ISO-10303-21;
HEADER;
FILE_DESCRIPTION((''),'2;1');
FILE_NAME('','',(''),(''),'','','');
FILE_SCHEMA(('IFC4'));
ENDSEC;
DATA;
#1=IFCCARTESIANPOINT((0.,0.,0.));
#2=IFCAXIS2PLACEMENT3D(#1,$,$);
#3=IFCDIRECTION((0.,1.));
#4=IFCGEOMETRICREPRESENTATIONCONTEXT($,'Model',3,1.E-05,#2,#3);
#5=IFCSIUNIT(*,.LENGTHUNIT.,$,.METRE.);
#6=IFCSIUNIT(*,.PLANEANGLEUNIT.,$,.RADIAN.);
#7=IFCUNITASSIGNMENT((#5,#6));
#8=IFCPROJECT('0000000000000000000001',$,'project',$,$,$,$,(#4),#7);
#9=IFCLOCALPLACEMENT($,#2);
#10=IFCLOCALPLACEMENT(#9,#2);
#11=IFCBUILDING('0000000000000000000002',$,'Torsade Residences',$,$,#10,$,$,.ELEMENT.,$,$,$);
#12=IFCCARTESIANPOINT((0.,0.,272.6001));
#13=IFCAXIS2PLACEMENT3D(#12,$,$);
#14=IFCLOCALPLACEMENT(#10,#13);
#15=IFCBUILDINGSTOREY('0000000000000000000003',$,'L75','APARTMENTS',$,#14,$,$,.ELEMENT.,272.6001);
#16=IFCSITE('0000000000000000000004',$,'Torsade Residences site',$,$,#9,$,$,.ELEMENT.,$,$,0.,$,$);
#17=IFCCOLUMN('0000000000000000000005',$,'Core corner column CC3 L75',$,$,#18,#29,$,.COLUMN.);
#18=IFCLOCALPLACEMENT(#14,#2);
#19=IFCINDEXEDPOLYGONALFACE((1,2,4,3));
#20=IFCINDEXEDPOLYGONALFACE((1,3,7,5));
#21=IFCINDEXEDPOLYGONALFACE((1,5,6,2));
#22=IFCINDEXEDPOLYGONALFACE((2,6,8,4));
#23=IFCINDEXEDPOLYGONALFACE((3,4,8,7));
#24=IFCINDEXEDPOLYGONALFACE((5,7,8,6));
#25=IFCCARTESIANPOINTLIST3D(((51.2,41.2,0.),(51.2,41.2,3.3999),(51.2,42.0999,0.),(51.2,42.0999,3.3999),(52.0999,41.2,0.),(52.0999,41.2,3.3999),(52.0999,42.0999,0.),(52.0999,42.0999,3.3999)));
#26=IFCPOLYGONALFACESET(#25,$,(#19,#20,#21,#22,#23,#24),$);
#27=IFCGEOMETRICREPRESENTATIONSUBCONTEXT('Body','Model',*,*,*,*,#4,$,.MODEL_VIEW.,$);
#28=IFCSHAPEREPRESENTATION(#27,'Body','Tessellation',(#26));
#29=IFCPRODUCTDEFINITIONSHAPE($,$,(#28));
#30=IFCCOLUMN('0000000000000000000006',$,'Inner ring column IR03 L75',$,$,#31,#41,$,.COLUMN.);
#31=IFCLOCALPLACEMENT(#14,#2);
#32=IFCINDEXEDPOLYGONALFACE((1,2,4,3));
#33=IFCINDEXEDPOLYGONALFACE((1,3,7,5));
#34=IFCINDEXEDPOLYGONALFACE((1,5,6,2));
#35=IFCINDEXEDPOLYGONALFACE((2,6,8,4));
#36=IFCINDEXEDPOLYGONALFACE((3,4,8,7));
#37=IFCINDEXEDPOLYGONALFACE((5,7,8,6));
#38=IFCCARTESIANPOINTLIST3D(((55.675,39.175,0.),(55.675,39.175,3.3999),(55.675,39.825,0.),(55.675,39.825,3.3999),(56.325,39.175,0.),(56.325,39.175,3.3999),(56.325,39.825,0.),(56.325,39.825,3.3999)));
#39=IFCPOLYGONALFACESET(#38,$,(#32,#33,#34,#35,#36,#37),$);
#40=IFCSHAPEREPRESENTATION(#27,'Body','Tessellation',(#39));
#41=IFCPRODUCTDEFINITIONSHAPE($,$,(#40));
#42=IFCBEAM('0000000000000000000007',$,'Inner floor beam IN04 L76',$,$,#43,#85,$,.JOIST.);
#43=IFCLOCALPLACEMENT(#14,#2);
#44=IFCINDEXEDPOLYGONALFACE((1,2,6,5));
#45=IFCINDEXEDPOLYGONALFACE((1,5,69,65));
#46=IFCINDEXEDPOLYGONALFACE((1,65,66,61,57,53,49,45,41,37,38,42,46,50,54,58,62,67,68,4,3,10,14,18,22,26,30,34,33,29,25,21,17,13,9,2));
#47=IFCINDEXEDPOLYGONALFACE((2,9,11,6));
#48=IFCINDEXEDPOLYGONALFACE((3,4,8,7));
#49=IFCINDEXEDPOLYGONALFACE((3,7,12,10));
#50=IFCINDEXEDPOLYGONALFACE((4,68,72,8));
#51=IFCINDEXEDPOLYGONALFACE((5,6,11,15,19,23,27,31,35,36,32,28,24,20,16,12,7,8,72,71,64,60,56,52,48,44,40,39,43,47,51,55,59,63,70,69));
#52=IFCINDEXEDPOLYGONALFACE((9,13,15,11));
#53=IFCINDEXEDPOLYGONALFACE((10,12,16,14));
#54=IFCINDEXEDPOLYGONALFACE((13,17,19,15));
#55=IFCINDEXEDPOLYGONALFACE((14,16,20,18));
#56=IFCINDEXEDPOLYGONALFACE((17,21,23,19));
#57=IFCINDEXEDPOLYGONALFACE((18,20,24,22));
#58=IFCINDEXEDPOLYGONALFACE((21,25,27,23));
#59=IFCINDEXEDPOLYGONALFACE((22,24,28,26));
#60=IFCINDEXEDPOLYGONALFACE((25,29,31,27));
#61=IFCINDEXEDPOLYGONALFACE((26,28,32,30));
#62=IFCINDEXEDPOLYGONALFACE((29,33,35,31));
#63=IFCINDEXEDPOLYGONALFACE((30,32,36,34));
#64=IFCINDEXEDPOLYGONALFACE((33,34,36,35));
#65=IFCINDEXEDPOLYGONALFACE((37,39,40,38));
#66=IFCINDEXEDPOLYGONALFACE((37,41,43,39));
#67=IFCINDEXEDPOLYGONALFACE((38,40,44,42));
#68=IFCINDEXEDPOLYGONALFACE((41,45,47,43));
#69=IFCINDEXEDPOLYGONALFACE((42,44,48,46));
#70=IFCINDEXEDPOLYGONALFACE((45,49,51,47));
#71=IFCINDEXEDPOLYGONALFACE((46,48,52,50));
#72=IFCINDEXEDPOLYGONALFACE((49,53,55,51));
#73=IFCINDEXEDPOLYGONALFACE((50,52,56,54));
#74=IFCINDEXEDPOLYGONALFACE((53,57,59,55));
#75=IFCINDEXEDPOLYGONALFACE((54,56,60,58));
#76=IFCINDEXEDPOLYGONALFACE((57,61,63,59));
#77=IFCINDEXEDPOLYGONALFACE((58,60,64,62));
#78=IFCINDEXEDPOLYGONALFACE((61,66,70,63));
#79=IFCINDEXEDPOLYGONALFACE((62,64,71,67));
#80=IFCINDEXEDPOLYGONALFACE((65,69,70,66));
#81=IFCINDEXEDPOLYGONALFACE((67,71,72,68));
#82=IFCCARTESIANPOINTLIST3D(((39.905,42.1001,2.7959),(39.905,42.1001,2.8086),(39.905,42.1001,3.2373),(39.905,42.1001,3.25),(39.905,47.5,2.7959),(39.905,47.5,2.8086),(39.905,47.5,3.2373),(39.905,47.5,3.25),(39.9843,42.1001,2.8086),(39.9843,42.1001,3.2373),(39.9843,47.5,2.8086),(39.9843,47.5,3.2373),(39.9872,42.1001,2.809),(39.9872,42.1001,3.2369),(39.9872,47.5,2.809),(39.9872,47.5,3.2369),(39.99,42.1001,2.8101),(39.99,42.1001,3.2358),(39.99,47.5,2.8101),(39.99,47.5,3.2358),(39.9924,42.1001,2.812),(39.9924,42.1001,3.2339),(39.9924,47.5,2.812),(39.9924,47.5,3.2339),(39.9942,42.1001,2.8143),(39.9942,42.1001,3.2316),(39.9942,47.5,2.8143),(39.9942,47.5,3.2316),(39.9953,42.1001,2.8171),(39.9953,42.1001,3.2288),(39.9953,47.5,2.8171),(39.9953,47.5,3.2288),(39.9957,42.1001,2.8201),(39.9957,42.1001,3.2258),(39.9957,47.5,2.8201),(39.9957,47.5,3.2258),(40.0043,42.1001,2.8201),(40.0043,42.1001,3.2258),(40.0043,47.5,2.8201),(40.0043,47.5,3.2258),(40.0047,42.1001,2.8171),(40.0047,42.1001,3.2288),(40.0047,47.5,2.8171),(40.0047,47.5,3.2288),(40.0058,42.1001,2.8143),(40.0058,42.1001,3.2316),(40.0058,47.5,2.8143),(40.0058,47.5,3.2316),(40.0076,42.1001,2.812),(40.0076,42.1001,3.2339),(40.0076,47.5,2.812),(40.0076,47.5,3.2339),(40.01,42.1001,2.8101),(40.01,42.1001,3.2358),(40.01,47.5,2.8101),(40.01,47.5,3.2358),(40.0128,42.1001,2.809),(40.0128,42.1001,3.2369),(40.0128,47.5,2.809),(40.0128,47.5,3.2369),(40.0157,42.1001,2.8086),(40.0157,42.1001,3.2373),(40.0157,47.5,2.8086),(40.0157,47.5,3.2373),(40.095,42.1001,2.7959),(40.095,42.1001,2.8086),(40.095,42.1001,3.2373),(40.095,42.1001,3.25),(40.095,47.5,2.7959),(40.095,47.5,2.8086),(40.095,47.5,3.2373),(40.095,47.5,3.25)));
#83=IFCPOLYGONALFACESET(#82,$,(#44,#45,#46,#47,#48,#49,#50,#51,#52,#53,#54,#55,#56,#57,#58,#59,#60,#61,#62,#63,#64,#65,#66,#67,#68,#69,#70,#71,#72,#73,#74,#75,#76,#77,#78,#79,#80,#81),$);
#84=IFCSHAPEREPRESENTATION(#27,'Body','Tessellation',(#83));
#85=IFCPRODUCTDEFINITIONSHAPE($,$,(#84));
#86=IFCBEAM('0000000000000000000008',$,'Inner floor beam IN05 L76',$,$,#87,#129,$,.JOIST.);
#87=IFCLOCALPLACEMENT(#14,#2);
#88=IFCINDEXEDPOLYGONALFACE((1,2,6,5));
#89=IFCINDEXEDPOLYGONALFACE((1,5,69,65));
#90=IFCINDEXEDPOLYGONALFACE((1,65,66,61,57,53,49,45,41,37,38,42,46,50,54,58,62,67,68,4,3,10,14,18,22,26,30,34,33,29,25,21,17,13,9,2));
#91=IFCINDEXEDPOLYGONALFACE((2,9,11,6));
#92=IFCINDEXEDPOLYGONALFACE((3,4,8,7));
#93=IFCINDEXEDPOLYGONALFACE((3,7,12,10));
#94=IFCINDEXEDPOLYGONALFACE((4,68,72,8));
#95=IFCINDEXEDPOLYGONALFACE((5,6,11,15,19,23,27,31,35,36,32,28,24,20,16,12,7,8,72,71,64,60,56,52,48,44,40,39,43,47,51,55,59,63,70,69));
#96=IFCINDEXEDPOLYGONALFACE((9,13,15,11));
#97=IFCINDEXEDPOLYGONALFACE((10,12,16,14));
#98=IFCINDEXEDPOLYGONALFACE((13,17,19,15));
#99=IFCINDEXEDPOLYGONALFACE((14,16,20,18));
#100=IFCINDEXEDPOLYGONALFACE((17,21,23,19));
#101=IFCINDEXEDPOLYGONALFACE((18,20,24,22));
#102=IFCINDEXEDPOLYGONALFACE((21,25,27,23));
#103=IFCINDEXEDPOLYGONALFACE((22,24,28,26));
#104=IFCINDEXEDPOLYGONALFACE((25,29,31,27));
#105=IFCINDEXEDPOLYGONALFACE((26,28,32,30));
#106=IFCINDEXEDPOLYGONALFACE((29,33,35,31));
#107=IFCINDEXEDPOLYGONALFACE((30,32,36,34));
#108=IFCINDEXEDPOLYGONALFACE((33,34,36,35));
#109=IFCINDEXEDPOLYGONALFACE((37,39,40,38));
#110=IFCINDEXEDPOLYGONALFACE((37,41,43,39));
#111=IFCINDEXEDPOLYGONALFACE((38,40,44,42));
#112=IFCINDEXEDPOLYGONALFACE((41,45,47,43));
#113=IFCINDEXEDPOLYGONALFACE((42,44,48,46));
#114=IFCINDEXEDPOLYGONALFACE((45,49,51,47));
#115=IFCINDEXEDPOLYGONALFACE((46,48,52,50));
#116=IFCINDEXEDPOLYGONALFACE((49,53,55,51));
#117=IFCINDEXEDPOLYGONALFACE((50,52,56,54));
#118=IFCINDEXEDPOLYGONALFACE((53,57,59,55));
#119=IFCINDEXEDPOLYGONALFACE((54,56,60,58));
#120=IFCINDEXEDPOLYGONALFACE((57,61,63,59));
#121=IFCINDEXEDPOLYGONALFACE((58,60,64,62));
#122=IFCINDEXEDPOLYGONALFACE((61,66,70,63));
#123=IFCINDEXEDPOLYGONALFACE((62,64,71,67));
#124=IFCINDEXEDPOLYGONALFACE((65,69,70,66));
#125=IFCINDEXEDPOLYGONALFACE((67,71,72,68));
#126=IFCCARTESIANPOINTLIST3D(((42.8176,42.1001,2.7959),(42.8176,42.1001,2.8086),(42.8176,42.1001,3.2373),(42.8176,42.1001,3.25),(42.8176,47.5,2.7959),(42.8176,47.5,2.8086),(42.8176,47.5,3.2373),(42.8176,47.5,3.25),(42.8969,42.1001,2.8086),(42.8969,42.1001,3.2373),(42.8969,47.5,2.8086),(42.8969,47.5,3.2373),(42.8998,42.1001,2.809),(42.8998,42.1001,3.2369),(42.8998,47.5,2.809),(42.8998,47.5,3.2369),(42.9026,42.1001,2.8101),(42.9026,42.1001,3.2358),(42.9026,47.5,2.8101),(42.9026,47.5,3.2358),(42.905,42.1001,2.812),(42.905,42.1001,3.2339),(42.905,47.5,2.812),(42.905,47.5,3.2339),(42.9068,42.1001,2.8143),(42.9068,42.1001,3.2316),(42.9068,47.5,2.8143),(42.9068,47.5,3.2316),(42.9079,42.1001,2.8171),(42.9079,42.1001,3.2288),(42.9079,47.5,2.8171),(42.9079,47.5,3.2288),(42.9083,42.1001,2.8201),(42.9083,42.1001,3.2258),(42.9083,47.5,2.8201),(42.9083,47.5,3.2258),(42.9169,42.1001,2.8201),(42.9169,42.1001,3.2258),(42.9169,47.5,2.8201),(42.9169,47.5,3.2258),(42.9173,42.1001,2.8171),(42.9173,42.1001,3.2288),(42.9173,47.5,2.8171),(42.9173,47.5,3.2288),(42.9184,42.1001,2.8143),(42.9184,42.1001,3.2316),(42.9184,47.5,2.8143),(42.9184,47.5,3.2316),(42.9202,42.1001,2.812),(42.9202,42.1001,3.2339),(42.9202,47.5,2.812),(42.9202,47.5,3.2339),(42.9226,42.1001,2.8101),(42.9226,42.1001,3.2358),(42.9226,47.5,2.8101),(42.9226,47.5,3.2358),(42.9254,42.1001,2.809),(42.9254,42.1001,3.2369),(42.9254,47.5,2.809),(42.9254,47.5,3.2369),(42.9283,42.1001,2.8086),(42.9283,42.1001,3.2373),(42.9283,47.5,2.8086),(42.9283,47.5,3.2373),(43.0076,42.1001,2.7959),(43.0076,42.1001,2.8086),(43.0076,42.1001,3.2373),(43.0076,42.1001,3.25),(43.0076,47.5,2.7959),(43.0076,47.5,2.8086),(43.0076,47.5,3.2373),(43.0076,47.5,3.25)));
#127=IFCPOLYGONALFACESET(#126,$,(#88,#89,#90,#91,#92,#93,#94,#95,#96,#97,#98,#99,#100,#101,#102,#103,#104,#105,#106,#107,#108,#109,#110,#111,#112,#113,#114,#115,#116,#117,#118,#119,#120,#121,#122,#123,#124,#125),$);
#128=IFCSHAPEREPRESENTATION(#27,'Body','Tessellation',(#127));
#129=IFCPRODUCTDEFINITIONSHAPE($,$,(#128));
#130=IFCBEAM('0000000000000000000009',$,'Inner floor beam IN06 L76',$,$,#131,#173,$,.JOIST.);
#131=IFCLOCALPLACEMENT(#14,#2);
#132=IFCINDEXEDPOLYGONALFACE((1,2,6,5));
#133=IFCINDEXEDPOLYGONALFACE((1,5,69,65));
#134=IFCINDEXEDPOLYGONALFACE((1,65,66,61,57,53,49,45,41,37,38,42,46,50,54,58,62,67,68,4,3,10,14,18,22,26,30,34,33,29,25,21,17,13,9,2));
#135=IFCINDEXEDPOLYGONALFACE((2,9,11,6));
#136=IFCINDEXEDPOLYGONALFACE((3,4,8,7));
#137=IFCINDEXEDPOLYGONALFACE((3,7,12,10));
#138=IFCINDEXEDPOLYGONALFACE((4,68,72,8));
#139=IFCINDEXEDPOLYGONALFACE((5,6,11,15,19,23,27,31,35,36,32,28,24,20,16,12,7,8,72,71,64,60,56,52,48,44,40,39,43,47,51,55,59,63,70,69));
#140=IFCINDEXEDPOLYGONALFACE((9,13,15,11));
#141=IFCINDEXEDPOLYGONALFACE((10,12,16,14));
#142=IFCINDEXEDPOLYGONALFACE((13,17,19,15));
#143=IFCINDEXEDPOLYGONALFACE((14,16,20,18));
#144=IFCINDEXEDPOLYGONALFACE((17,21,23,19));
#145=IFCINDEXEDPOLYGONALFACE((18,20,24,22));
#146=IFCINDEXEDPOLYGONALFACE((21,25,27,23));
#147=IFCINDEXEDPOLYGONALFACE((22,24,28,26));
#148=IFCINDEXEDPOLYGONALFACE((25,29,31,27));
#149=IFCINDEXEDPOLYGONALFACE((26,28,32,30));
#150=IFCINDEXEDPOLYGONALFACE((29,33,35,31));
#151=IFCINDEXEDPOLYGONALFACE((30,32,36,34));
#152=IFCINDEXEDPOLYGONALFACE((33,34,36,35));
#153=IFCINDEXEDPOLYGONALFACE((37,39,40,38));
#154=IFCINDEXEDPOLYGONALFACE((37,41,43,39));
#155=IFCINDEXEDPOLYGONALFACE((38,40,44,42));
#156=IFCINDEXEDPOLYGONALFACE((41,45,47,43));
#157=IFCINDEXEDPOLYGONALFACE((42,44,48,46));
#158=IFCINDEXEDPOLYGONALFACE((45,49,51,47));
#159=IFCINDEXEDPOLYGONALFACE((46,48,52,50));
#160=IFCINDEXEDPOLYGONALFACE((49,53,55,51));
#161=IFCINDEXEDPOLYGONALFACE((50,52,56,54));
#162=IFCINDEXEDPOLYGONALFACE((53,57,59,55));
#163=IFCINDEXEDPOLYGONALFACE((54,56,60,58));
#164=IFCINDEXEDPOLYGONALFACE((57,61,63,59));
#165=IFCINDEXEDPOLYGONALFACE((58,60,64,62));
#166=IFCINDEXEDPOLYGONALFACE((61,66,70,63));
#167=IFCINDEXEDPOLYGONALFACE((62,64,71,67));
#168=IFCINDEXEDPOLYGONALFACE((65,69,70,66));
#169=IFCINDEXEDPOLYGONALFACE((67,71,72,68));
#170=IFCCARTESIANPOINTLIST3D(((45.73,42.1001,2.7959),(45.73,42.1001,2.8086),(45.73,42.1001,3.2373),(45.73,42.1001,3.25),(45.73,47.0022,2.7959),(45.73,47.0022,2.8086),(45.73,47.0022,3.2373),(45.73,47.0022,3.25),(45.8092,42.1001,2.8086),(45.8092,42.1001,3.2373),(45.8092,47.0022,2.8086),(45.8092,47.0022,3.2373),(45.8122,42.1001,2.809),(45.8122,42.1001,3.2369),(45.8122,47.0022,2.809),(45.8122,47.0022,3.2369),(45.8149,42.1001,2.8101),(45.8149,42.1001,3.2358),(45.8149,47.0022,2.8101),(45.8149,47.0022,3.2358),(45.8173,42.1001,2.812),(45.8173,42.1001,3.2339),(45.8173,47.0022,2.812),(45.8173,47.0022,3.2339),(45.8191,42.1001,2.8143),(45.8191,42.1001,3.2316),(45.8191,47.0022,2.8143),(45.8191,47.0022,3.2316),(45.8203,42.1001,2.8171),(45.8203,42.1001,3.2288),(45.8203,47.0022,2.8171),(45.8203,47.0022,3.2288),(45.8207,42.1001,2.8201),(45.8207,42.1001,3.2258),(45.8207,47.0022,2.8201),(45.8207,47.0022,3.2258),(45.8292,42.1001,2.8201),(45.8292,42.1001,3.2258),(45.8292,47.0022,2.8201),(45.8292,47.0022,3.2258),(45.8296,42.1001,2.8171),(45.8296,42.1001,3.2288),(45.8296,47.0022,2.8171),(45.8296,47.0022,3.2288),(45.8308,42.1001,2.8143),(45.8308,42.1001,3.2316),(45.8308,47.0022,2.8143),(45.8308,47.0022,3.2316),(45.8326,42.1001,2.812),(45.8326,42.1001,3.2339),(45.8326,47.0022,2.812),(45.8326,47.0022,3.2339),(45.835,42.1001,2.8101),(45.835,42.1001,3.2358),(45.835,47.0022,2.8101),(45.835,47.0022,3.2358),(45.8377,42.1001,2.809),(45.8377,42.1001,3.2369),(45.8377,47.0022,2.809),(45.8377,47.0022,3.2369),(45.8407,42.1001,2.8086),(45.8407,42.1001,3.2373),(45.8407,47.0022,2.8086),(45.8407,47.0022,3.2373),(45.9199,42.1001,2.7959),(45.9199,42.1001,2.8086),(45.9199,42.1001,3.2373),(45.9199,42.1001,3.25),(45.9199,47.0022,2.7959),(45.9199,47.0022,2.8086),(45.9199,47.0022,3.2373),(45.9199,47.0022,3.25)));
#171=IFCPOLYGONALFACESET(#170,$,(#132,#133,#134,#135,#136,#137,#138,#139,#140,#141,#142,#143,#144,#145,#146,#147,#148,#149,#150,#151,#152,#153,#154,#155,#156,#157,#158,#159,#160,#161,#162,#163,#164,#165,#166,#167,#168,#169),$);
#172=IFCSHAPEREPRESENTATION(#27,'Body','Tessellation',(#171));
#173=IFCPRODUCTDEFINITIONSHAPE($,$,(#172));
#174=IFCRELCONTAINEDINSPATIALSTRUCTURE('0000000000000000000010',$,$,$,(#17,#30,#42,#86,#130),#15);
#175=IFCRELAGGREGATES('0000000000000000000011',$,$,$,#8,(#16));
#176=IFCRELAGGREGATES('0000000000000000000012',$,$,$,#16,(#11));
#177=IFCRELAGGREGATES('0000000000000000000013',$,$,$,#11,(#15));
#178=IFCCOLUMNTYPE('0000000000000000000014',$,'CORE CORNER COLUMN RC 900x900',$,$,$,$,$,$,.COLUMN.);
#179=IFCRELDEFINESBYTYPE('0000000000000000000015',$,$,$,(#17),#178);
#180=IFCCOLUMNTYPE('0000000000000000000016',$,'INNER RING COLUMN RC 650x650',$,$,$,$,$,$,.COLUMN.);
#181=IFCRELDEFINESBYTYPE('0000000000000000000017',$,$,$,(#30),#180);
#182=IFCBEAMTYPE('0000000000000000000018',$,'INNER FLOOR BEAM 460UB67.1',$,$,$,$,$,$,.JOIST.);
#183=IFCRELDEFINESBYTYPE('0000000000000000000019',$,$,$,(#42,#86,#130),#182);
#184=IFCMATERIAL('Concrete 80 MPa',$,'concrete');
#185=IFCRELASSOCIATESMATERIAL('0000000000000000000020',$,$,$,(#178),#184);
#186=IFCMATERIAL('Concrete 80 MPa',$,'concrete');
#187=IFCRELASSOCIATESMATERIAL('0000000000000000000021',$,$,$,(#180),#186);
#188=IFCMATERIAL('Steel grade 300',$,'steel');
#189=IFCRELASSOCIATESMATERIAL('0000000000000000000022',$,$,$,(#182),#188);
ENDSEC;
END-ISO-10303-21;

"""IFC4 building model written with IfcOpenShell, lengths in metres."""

from ifc_helpers import new_model, si_unit, direction, frame, origin, origin_2d, place, context, subcontext, project, spatial, rectangle, i_section, extrude, material, material_profile, profile_set, type_object, element, save


model = new_model("IFC4")

# Units and contexts
model_context = context("Model", 3, precision=1e-05, world=origin(), true_north=direction((0.0, 1.0)))
body_context = subcontext(model_context, "Body", "Model", "MODEL_VIEW")
ifc_project = project(units=[si_unit("LENGTHUNIT", "METRE"), si_unit("PLANEANGLEUNIT", "RADIAN")], contexts=[model_context])

# Site, building, storey
site_placement = place(None, origin())
site = spatial("IfcSite", under=ifc_project, at=site_placement, Name="Torsade Residences site", CompositionType="ELEMENT", RefElevation=0.0)
building_placement = place(site_placement, origin())
building = spatial("IfcBuilding", under=site, at=building_placement, Name="Torsade Residences", CompositionType="ELEMENT")
storey_placement = place(building_placement, frame((0.0, 0.0, 272.6001)))
storey = spatial("IfcBuildingStorey", under=building, at=storey_placement, Name="L75", Description="APARTMENTS", CompositionType="ELEMENT", Elevation=272.6001)

# Columns
ifc_material_1 = material(Name="Concrete 80 MPa", Category="concrete")
ifc_material_profile_1 = material_profile(ifc_material_1, rectangle(XDim=0.8999, YDim=0.8999, at=origin_2d()), Name="RC 900x900")
ifc_profile_set_1 = profile_set([ifc_material_profile_1], Name="Concrete 80 MPa")
column_type_1 = type_object("IfcColumnType", Name="CORE CORNER COLUMN RC 900x900", PredefinedType="COLUMN", material=ifc_profile_set_1)
column_1_placement = place(storey_placement, frame((51.6499, 41.6499, 0.0), z_axis=(0.0, 0.0, 1.0), x_axis=(1.0, 0.0, 0.0)))
element("IfcColumn", 1, at=column_1_placement, inside=storey, type_object=column_type_1, Name="Core corner column CC3 L75", PredefinedType="COLUMN", context=body_context, shape_type="SweptSolid", body=[
    extrude(rectangle(XDim=0.8999, YDim=0.8999, at=origin_2d()), origin(), (0.0, 0.0, 1.0), 3.3999),
])
ifc_material_2 = material(Name="Concrete 80 MPa", Category="concrete")
ifc_material_profile_2 = material_profile(ifc_material_2, rectangle(XDim=0.6499, YDim=0.6499, at=origin_2d()), Name="RC 650x650")
ifc_profile_set_2 = profile_set([ifc_material_profile_2], Name="Concrete 80 MPa")
column_type_2 = type_object("IfcColumnType", Name="INNER RING COLUMN RC 650x650", PredefinedType="COLUMN", material=ifc_profile_set_2)
column_2_placement = place(storey_placement, frame((56.0, 39.5, 0.0), z_axis=(0.0, 0.0, 1.0), x_axis=(1.0, 0.0, 0.0)))
element("IfcColumn", 2, at=column_2_placement, inside=storey, type_object=column_type_2, Name="Inner ring column IR03 L75", PredefinedType="COLUMN", context=body_context, shape_type="SweptSolid", body=[
    extrude(rectangle(XDim=0.6499, YDim=0.6499, at=origin_2d()), origin(), (0.0, 0.0, 1.0), 3.3999),
])

# Beams
ifc_material_3 = material(Name="Steel grade 300", Category="steel")
ifc_material_profile_3 = material_profile(ifc_material_3, i_section(OverallWidth=0.1899, OverallDepth=0.4541, WebThickness=0.0085, FlangeThickness=0.0127, FilletRadius=0.0115, at=origin_2d()), Name="460UB67.1")
ifc_profile_set_3 = profile_set([ifc_material_profile_3], Name="Steel grade 300")
beam_type_1 = type_object("IfcBeamType", Name="INNER FLOOR BEAM 460UB67.1", PredefinedType="JOIST", material=ifc_profile_set_3)
for number, where, z_axis, x_axis, name in (
    (3, (40.0, 42.1001, 3.0229), (0.0, 1.0, 0.0), (-1.0, 0.0, 0.0), "Inner floor beam IN04 L76"),
    (4, (42.9126, 42.1001, 3.0229), (0.0, 1.0, 0.0), (-1.0, 0.0, 0.0), "Inner floor beam IN05 L76"),
):
    element("IfcBeam", number, at=place(storey_placement, frame(where, z_axis=z_axis, x_axis=x_axis)), inside=storey, type_object=beam_type_1, Name=name, PredefinedType="JOIST", context=body_context, shape_type="SweptSolid", body=[
        extrude(i_section(OverallWidth=0.1899, OverallDepth=0.4541, WebThickness=0.0085, FlangeThickness=0.0127, FilletRadius=0.0115, at=origin_2d()), origin(), (0.0, 0.0, 1.0), 5.3999),
    ])
beam_1_placement = place(storey_placement, frame((45.825, 42.1001, 3.0229), z_axis=(0.0, 1.0, 0.0), x_axis=(-1.0, 0.0, 0.0)))
element("IfcBeam", 5, at=beam_1_placement, inside=storey, type_object=beam_type_1, Name="Inner floor beam IN06 L76", PredefinedType="JOIST", context=body_context, shape_type="SweptSolid", body=[
    extrude(i_section(OverallWidth=0.1899, OverallDepth=0.4541, WebThickness=0.0085, FlangeThickness=0.0127, FilletRadius=0.0115, at=origin_2d()), origin(), (0.0, 0.0, 1.0), 4.9021),
])

save(model, "model.ifc")
